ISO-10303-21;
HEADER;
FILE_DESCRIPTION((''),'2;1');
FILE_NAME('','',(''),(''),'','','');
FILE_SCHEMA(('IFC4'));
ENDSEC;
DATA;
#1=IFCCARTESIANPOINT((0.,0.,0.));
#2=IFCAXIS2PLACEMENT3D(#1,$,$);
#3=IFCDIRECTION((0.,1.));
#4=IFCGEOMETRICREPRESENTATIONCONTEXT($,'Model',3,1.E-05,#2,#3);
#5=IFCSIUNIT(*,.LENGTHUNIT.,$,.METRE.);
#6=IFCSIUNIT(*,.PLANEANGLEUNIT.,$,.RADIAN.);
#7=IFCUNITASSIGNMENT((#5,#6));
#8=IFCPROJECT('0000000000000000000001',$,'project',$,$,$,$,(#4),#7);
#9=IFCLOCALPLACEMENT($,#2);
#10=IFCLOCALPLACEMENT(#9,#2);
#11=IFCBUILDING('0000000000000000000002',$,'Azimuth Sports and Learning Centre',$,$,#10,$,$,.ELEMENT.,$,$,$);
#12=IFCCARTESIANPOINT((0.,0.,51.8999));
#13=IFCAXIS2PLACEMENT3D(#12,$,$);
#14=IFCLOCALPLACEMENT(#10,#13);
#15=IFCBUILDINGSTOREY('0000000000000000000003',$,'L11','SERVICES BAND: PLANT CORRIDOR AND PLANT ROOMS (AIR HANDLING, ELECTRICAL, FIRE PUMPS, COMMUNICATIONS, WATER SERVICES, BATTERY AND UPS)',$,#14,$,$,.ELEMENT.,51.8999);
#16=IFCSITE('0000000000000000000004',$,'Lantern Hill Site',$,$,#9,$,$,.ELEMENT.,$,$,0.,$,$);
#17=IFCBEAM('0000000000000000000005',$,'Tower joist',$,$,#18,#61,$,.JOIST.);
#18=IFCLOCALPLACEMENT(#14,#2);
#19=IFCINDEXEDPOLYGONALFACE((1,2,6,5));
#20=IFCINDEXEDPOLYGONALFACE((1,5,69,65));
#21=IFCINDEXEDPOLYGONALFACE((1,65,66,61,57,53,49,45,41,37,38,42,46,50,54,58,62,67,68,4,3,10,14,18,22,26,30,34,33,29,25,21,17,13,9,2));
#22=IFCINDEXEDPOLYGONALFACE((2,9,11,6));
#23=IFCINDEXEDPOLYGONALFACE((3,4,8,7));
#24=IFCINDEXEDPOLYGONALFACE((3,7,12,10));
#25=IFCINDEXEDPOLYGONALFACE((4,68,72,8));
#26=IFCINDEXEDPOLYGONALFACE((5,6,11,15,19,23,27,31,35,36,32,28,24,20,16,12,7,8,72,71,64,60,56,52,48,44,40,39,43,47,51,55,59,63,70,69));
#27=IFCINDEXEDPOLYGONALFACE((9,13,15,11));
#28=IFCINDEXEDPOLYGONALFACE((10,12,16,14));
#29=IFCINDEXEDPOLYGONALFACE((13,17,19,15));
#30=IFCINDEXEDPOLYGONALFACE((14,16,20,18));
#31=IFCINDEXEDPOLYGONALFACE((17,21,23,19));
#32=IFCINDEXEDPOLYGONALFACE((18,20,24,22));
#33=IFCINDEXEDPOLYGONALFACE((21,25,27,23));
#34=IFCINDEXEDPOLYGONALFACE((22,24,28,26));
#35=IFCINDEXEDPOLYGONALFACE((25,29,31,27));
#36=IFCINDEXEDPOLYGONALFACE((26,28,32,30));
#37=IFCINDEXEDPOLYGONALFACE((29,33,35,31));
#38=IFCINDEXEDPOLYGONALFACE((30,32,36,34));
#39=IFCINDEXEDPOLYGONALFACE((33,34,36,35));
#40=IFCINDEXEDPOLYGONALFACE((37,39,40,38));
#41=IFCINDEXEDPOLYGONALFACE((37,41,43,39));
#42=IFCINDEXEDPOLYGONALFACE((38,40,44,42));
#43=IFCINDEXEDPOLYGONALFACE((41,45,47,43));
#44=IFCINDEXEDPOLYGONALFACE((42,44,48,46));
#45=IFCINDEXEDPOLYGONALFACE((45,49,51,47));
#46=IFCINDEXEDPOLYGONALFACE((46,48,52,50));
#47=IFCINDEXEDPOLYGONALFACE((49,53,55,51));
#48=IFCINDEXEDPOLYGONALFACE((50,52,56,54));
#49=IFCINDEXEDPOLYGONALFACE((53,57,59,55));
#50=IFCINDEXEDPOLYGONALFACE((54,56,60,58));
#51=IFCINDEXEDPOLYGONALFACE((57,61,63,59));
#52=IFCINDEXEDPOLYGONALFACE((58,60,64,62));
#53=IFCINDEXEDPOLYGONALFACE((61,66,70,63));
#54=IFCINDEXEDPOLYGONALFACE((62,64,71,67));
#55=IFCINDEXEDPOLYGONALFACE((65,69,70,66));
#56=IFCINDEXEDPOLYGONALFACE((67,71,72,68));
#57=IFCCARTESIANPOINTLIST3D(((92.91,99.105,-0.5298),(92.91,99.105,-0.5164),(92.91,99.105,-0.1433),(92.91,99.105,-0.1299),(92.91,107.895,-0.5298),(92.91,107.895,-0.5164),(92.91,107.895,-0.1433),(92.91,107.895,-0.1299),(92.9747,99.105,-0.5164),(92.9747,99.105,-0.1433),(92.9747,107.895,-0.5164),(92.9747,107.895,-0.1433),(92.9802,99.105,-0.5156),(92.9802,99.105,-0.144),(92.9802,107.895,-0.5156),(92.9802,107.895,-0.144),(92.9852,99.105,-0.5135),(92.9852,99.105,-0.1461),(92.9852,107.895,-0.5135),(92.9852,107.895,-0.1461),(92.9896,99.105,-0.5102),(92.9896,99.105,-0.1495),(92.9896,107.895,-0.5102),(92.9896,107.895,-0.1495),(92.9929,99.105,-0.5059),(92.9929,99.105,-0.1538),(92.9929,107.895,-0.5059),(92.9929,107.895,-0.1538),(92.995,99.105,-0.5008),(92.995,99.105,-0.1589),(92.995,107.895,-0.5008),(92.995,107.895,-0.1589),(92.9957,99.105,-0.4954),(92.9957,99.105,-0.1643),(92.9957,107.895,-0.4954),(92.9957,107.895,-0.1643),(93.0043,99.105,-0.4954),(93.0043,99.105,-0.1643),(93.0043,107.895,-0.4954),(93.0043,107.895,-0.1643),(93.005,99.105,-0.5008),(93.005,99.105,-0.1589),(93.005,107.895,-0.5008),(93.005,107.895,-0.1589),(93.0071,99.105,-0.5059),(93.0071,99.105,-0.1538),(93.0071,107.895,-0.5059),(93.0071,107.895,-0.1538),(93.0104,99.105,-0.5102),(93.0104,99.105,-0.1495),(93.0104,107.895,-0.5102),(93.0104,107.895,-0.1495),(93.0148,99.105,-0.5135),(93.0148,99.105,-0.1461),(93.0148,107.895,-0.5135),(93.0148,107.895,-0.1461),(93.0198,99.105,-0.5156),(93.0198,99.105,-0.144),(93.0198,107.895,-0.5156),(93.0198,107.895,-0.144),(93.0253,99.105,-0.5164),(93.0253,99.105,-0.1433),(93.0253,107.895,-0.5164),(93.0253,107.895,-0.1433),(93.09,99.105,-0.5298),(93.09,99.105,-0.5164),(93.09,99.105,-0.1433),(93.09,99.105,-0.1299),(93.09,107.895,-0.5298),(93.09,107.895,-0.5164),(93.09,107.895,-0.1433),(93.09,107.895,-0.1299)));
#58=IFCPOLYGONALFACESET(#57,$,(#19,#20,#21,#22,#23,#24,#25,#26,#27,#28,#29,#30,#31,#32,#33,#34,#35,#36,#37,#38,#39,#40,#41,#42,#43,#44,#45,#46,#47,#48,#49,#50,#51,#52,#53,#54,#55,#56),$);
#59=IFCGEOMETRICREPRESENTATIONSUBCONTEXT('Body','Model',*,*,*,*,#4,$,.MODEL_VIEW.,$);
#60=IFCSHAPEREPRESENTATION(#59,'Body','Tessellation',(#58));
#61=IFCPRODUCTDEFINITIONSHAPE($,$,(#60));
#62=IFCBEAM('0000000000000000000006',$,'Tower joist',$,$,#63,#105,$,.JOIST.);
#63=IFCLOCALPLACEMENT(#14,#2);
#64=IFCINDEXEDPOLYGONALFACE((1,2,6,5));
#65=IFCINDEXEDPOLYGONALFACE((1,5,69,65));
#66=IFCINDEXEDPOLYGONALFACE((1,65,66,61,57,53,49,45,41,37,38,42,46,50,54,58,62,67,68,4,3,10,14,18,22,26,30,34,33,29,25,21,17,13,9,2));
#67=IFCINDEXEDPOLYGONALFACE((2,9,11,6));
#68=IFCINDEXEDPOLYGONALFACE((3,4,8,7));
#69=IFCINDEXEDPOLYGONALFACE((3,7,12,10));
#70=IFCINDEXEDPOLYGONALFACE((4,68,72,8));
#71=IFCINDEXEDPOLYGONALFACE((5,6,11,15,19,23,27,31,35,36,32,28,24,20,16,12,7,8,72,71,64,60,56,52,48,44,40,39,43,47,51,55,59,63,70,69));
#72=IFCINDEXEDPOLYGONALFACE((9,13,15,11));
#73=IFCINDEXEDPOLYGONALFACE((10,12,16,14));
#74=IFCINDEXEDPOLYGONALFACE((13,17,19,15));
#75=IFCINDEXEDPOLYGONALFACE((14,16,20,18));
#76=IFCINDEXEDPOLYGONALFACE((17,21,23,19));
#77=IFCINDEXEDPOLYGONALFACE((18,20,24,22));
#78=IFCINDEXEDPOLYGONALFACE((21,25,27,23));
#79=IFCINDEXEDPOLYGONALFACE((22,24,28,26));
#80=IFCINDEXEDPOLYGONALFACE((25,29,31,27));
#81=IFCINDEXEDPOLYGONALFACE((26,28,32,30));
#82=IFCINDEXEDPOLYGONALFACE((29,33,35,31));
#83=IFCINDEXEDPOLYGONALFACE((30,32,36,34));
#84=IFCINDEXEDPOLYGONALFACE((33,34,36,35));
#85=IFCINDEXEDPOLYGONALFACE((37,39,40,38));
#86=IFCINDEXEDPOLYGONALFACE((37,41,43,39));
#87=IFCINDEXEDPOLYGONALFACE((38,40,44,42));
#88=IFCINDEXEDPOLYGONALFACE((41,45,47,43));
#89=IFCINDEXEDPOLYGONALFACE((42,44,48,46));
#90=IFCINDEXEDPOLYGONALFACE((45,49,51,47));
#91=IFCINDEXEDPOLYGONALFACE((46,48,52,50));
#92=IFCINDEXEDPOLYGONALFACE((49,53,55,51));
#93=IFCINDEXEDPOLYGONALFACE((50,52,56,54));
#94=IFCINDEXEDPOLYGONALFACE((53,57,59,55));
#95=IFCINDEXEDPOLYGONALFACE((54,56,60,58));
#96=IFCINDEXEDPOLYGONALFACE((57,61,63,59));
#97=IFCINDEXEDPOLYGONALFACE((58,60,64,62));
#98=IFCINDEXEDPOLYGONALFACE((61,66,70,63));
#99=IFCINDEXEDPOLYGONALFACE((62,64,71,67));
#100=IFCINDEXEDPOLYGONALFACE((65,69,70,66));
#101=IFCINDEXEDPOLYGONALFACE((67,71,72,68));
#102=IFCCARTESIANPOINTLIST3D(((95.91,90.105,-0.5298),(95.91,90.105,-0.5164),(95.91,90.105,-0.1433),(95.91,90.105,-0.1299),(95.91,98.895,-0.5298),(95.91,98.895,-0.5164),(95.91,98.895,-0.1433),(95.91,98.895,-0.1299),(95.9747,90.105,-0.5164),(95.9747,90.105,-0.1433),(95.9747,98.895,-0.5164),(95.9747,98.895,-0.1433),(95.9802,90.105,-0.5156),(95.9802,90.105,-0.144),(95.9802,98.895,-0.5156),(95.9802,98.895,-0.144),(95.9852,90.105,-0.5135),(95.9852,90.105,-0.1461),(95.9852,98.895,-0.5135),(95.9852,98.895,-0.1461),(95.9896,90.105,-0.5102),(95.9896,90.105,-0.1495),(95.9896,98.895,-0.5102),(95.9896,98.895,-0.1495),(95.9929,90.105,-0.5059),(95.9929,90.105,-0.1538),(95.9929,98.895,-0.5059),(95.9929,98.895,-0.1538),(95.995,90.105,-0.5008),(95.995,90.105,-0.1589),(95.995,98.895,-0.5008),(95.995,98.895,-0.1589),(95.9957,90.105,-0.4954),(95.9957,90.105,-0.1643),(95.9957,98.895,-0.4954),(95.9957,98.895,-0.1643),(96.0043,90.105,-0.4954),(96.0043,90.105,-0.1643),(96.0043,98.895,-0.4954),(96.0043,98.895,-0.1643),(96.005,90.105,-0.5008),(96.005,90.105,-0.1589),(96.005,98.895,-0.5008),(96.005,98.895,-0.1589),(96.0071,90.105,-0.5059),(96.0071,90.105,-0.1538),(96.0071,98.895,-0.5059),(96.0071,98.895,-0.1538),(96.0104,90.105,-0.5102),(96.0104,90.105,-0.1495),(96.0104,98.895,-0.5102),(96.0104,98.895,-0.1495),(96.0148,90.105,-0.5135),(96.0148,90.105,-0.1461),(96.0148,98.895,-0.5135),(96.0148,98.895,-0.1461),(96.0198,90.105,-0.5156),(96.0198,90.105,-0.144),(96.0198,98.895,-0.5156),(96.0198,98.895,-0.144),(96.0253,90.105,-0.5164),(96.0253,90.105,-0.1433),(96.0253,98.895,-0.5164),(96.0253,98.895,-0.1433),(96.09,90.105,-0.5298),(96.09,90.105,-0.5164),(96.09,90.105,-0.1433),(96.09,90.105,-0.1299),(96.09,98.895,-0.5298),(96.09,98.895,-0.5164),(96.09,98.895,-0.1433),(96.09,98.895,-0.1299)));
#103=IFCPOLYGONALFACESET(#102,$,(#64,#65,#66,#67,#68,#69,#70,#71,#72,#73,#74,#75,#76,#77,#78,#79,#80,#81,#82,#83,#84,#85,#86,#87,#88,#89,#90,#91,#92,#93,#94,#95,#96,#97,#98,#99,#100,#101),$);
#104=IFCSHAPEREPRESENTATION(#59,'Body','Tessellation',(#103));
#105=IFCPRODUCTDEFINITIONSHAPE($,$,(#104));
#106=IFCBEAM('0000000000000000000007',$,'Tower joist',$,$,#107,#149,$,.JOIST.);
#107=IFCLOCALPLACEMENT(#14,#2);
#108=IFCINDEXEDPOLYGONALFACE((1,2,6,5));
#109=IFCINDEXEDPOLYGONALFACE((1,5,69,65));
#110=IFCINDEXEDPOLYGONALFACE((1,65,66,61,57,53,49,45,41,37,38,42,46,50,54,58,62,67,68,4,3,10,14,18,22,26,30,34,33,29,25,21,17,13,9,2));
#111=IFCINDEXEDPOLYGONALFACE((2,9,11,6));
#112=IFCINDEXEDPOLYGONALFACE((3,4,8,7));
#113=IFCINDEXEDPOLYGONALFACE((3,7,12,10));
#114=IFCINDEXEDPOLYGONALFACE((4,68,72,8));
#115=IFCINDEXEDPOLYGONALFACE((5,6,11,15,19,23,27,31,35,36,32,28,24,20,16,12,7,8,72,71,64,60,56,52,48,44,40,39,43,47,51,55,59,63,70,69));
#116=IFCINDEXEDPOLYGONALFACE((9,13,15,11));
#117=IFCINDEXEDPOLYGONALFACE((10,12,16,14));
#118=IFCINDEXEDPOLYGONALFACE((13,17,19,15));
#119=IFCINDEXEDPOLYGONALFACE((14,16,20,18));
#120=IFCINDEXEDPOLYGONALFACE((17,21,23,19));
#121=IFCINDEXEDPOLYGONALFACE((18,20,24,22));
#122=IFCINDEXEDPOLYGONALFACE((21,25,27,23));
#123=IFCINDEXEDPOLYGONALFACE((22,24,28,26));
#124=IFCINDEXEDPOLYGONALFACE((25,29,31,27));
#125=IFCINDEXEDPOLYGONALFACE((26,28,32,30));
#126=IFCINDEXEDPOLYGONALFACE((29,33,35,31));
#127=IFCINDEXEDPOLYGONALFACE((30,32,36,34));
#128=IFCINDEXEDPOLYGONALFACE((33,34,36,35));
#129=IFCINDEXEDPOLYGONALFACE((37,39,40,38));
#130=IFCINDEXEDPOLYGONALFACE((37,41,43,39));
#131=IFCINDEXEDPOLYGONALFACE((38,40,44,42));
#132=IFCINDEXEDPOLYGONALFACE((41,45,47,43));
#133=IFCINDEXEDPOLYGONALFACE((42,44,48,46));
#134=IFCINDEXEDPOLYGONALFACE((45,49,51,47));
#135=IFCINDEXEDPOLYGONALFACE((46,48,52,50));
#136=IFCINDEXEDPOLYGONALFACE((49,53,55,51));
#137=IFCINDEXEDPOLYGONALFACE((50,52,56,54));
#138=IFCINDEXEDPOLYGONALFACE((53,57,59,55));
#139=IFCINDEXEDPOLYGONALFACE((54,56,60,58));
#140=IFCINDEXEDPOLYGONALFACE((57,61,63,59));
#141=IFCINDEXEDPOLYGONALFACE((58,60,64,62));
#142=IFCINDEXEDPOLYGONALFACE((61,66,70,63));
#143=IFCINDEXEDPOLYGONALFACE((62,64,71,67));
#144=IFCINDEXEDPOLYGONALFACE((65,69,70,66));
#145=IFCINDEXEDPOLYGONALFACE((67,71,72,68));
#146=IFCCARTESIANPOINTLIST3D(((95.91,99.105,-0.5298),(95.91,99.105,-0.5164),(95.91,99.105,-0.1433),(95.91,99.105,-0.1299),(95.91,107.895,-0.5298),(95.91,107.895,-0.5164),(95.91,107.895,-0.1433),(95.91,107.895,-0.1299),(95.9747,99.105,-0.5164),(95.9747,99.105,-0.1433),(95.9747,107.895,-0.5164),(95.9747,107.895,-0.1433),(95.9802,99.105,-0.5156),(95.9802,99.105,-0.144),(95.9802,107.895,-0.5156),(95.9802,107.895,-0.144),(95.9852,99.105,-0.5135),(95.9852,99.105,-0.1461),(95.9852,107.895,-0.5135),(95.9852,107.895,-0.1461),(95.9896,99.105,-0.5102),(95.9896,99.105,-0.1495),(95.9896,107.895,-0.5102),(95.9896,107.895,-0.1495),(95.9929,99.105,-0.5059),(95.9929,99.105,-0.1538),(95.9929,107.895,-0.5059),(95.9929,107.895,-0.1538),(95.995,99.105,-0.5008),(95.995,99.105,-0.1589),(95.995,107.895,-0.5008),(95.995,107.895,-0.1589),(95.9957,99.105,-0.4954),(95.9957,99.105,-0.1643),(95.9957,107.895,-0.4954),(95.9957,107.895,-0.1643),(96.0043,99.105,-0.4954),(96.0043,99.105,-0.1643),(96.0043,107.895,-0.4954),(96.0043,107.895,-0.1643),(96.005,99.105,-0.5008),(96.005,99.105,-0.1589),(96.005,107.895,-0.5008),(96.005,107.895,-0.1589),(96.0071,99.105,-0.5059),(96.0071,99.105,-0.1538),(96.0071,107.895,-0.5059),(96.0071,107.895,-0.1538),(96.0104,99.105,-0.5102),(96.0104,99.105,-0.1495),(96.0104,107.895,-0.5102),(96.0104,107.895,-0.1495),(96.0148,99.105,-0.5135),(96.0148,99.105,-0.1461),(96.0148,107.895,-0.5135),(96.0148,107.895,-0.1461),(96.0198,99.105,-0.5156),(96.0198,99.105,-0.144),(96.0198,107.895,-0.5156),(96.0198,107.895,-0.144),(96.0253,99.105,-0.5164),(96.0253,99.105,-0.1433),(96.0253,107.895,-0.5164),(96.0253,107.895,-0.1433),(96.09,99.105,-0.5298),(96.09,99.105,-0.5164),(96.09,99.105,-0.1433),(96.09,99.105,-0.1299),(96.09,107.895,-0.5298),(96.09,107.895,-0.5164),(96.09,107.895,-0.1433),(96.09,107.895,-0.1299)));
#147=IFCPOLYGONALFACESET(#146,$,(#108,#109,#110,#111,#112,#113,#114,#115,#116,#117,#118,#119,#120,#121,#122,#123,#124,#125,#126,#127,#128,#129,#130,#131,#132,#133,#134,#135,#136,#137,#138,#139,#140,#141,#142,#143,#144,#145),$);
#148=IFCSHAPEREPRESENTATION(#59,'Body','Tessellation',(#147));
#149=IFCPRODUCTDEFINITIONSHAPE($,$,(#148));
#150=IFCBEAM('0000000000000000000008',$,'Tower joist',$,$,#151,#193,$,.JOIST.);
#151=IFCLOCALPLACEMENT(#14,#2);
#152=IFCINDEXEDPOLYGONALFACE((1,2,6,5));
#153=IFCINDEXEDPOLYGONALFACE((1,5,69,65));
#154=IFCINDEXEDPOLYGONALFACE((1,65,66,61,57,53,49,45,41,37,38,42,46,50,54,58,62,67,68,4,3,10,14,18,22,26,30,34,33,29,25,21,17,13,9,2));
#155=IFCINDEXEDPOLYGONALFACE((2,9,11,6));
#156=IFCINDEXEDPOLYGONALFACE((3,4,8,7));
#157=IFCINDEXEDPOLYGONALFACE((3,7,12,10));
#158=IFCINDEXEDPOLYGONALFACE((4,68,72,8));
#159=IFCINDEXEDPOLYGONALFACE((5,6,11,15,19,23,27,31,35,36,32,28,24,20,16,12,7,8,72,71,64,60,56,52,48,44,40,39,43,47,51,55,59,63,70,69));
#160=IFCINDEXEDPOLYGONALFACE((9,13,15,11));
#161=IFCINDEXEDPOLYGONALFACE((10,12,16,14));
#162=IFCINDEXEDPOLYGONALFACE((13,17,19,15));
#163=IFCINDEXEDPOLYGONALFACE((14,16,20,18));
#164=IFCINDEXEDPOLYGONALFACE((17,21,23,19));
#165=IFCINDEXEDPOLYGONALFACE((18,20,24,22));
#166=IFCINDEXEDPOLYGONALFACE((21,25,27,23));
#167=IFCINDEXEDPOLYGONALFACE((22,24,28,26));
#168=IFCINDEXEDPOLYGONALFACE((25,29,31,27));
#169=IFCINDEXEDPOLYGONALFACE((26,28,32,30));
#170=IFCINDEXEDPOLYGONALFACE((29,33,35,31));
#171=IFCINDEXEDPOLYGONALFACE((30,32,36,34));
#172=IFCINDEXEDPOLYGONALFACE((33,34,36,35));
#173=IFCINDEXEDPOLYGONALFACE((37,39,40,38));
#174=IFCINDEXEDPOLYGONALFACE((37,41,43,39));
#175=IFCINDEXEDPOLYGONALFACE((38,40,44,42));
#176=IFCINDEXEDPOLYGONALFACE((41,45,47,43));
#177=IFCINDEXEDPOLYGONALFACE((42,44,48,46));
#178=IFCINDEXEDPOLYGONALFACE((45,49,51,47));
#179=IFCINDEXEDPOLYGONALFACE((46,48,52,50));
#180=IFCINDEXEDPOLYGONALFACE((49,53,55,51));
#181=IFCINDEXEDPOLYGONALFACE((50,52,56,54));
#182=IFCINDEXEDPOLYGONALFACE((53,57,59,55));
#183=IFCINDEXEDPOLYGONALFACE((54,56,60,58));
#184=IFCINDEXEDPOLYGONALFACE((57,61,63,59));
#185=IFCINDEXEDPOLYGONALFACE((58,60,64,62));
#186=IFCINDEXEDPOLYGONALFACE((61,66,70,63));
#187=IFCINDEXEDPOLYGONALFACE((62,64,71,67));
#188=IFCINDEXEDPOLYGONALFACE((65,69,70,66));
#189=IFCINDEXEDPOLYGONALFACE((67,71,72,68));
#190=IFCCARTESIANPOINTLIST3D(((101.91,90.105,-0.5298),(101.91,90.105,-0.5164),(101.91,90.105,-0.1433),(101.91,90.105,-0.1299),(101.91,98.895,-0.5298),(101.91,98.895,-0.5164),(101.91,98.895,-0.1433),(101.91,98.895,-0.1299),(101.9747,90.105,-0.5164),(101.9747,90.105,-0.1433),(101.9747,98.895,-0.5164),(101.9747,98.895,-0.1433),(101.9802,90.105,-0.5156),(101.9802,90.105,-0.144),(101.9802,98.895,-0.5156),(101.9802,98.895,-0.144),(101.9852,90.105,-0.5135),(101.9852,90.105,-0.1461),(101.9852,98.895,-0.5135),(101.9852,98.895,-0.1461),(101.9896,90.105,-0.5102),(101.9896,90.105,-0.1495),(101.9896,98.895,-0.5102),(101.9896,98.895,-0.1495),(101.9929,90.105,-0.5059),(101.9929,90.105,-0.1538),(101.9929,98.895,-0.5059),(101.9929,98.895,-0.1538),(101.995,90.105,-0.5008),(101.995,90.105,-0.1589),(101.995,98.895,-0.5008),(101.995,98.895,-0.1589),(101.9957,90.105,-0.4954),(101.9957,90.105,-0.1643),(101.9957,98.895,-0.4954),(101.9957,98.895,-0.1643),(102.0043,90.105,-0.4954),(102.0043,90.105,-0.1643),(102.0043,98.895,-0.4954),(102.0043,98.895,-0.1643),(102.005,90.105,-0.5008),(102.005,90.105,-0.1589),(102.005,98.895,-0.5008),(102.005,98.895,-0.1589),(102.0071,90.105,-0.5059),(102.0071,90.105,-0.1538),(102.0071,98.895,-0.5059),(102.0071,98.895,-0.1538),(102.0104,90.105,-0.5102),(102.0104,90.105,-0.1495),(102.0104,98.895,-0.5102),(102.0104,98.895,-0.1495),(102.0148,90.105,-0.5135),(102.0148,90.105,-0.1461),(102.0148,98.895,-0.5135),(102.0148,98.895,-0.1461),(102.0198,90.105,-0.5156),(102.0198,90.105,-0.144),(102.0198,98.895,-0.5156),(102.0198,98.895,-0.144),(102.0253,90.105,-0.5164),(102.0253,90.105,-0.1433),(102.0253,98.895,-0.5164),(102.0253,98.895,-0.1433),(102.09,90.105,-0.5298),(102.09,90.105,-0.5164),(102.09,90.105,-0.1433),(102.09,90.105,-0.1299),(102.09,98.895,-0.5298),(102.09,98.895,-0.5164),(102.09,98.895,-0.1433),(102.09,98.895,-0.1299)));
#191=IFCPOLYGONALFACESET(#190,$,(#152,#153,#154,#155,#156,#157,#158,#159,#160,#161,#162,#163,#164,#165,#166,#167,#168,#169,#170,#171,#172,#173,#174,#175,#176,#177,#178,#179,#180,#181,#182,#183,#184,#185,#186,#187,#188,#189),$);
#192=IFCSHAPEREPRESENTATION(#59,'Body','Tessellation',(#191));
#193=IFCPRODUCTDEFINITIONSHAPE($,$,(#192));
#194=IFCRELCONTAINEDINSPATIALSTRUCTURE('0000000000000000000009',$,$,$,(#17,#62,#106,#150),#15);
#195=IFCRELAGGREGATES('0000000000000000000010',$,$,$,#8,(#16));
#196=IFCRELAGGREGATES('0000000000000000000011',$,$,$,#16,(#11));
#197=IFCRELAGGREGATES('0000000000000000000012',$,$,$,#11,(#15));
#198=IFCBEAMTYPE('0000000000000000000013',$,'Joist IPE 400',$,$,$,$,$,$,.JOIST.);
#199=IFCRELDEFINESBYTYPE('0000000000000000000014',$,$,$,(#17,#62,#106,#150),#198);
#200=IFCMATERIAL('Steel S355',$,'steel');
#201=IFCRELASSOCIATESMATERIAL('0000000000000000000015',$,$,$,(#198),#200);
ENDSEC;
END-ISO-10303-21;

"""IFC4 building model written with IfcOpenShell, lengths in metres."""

from ifc_helpers import new_model, si_unit, direction, frame, origin, origin_2d, place, context, subcontext, project, spatial, i_section, extrude, material, material_profile, profile_set, type_object, element, save


model = new_model("IFC4")

# Units and contexts
model_context = context("Model", 3, precision=1e-05, world=origin(), true_north=direction((0.0, 1.0)))
body_context = subcontext(model_context, "Body", "Model", "MODEL_VIEW")
ifc_project = project(units=[si_unit("LENGTHUNIT", "METRE"), si_unit("PLANEANGLEUNIT", "RADIAN")], contexts=[model_context])

# Site, building, storey
site_placement = place(None, origin())
site = spatial("IfcSite", under=ifc_project, at=site_placement, Name="Lantern Hill Site", CompositionType="ELEMENT", RefElevation=0.0)
building_placement = place(site_placement, origin())
building = spatial("IfcBuilding", under=site, at=building_placement, Name="Azimuth Sports and Learning Centre", CompositionType="ELEMENT")
storey_placement = place(building_placement, frame((0.0, 0.0, 51.8999)))
storey = spatial("IfcBuildingStorey", under=building, at=storey_placement, Name="L11", Description="SERVICES BAND: PLANT CORRIDOR AND PLANT ROOMS (AIR HANDLING, ELECTRICAL, FIRE PUMPS, COMMUNICATIONS, WATER SERVICES, BATTERY AND UPS)", CompositionType="ELEMENT", Elevation=51.8999)

# Beams
ifc_material_1 = material(Name="Steel S355", Category="steel")
ifc_material_profile_1 = material_profile(ifc_material_1, i_section(OverallWidth=0.1799, OverallDepth=0.3999, WebThickness=0.0085, FlangeThickness=0.0134, FilletRadius=0.021, at=origin_2d()), Name="IPE 400")
ifc_profile_set_1 = profile_set([ifc_material_profile_1], Name="Steel S355")
beam_type_1 = type_object("IfcBeamType", Name="Joist IPE 400", PredefinedType="JOIST", material=ifc_profile_set_1)
for number, where, z_axis, x_axis, name in (
    (1, (93.0, 99.105, -0.3298), (0.0, 1.0, 0.0), (-1.0, 0.0, 0.0), "Tower joist"),
    (2, (96.0, 90.105, -0.3298), (0.0, 1.0, 0.0), (-1.0, 0.0, 0.0), "Tower joist"),
    (3, (96.0, 99.105, -0.3298), (0.0, 1.0, 0.0), (-1.0, 0.0, 0.0), "Tower joist"),
    (4, (102.0, 90.105, -0.3298), (0.0, 1.0, 0.0), (-1.0, 0.0, 0.0), "Tower joist"),
):
    element("IfcBeam", number, at=place(storey_placement, frame(where, z_axis=z_axis, x_axis=x_axis)), inside=storey, type_object=beam_type_1, Name=name, PredefinedType="JOIST", context=body_context, shape_type="SweptSolid", body=[
        extrude(i_section(OverallWidth=0.1799, OverallDepth=0.3999, WebThickness=0.0085, FlangeThickness=0.0134, FilletRadius=0.021, at=origin_2d()), origin(), (0.0, 0.0, 1.0), 8.79),
    ])

save(model, "model.ifc")
